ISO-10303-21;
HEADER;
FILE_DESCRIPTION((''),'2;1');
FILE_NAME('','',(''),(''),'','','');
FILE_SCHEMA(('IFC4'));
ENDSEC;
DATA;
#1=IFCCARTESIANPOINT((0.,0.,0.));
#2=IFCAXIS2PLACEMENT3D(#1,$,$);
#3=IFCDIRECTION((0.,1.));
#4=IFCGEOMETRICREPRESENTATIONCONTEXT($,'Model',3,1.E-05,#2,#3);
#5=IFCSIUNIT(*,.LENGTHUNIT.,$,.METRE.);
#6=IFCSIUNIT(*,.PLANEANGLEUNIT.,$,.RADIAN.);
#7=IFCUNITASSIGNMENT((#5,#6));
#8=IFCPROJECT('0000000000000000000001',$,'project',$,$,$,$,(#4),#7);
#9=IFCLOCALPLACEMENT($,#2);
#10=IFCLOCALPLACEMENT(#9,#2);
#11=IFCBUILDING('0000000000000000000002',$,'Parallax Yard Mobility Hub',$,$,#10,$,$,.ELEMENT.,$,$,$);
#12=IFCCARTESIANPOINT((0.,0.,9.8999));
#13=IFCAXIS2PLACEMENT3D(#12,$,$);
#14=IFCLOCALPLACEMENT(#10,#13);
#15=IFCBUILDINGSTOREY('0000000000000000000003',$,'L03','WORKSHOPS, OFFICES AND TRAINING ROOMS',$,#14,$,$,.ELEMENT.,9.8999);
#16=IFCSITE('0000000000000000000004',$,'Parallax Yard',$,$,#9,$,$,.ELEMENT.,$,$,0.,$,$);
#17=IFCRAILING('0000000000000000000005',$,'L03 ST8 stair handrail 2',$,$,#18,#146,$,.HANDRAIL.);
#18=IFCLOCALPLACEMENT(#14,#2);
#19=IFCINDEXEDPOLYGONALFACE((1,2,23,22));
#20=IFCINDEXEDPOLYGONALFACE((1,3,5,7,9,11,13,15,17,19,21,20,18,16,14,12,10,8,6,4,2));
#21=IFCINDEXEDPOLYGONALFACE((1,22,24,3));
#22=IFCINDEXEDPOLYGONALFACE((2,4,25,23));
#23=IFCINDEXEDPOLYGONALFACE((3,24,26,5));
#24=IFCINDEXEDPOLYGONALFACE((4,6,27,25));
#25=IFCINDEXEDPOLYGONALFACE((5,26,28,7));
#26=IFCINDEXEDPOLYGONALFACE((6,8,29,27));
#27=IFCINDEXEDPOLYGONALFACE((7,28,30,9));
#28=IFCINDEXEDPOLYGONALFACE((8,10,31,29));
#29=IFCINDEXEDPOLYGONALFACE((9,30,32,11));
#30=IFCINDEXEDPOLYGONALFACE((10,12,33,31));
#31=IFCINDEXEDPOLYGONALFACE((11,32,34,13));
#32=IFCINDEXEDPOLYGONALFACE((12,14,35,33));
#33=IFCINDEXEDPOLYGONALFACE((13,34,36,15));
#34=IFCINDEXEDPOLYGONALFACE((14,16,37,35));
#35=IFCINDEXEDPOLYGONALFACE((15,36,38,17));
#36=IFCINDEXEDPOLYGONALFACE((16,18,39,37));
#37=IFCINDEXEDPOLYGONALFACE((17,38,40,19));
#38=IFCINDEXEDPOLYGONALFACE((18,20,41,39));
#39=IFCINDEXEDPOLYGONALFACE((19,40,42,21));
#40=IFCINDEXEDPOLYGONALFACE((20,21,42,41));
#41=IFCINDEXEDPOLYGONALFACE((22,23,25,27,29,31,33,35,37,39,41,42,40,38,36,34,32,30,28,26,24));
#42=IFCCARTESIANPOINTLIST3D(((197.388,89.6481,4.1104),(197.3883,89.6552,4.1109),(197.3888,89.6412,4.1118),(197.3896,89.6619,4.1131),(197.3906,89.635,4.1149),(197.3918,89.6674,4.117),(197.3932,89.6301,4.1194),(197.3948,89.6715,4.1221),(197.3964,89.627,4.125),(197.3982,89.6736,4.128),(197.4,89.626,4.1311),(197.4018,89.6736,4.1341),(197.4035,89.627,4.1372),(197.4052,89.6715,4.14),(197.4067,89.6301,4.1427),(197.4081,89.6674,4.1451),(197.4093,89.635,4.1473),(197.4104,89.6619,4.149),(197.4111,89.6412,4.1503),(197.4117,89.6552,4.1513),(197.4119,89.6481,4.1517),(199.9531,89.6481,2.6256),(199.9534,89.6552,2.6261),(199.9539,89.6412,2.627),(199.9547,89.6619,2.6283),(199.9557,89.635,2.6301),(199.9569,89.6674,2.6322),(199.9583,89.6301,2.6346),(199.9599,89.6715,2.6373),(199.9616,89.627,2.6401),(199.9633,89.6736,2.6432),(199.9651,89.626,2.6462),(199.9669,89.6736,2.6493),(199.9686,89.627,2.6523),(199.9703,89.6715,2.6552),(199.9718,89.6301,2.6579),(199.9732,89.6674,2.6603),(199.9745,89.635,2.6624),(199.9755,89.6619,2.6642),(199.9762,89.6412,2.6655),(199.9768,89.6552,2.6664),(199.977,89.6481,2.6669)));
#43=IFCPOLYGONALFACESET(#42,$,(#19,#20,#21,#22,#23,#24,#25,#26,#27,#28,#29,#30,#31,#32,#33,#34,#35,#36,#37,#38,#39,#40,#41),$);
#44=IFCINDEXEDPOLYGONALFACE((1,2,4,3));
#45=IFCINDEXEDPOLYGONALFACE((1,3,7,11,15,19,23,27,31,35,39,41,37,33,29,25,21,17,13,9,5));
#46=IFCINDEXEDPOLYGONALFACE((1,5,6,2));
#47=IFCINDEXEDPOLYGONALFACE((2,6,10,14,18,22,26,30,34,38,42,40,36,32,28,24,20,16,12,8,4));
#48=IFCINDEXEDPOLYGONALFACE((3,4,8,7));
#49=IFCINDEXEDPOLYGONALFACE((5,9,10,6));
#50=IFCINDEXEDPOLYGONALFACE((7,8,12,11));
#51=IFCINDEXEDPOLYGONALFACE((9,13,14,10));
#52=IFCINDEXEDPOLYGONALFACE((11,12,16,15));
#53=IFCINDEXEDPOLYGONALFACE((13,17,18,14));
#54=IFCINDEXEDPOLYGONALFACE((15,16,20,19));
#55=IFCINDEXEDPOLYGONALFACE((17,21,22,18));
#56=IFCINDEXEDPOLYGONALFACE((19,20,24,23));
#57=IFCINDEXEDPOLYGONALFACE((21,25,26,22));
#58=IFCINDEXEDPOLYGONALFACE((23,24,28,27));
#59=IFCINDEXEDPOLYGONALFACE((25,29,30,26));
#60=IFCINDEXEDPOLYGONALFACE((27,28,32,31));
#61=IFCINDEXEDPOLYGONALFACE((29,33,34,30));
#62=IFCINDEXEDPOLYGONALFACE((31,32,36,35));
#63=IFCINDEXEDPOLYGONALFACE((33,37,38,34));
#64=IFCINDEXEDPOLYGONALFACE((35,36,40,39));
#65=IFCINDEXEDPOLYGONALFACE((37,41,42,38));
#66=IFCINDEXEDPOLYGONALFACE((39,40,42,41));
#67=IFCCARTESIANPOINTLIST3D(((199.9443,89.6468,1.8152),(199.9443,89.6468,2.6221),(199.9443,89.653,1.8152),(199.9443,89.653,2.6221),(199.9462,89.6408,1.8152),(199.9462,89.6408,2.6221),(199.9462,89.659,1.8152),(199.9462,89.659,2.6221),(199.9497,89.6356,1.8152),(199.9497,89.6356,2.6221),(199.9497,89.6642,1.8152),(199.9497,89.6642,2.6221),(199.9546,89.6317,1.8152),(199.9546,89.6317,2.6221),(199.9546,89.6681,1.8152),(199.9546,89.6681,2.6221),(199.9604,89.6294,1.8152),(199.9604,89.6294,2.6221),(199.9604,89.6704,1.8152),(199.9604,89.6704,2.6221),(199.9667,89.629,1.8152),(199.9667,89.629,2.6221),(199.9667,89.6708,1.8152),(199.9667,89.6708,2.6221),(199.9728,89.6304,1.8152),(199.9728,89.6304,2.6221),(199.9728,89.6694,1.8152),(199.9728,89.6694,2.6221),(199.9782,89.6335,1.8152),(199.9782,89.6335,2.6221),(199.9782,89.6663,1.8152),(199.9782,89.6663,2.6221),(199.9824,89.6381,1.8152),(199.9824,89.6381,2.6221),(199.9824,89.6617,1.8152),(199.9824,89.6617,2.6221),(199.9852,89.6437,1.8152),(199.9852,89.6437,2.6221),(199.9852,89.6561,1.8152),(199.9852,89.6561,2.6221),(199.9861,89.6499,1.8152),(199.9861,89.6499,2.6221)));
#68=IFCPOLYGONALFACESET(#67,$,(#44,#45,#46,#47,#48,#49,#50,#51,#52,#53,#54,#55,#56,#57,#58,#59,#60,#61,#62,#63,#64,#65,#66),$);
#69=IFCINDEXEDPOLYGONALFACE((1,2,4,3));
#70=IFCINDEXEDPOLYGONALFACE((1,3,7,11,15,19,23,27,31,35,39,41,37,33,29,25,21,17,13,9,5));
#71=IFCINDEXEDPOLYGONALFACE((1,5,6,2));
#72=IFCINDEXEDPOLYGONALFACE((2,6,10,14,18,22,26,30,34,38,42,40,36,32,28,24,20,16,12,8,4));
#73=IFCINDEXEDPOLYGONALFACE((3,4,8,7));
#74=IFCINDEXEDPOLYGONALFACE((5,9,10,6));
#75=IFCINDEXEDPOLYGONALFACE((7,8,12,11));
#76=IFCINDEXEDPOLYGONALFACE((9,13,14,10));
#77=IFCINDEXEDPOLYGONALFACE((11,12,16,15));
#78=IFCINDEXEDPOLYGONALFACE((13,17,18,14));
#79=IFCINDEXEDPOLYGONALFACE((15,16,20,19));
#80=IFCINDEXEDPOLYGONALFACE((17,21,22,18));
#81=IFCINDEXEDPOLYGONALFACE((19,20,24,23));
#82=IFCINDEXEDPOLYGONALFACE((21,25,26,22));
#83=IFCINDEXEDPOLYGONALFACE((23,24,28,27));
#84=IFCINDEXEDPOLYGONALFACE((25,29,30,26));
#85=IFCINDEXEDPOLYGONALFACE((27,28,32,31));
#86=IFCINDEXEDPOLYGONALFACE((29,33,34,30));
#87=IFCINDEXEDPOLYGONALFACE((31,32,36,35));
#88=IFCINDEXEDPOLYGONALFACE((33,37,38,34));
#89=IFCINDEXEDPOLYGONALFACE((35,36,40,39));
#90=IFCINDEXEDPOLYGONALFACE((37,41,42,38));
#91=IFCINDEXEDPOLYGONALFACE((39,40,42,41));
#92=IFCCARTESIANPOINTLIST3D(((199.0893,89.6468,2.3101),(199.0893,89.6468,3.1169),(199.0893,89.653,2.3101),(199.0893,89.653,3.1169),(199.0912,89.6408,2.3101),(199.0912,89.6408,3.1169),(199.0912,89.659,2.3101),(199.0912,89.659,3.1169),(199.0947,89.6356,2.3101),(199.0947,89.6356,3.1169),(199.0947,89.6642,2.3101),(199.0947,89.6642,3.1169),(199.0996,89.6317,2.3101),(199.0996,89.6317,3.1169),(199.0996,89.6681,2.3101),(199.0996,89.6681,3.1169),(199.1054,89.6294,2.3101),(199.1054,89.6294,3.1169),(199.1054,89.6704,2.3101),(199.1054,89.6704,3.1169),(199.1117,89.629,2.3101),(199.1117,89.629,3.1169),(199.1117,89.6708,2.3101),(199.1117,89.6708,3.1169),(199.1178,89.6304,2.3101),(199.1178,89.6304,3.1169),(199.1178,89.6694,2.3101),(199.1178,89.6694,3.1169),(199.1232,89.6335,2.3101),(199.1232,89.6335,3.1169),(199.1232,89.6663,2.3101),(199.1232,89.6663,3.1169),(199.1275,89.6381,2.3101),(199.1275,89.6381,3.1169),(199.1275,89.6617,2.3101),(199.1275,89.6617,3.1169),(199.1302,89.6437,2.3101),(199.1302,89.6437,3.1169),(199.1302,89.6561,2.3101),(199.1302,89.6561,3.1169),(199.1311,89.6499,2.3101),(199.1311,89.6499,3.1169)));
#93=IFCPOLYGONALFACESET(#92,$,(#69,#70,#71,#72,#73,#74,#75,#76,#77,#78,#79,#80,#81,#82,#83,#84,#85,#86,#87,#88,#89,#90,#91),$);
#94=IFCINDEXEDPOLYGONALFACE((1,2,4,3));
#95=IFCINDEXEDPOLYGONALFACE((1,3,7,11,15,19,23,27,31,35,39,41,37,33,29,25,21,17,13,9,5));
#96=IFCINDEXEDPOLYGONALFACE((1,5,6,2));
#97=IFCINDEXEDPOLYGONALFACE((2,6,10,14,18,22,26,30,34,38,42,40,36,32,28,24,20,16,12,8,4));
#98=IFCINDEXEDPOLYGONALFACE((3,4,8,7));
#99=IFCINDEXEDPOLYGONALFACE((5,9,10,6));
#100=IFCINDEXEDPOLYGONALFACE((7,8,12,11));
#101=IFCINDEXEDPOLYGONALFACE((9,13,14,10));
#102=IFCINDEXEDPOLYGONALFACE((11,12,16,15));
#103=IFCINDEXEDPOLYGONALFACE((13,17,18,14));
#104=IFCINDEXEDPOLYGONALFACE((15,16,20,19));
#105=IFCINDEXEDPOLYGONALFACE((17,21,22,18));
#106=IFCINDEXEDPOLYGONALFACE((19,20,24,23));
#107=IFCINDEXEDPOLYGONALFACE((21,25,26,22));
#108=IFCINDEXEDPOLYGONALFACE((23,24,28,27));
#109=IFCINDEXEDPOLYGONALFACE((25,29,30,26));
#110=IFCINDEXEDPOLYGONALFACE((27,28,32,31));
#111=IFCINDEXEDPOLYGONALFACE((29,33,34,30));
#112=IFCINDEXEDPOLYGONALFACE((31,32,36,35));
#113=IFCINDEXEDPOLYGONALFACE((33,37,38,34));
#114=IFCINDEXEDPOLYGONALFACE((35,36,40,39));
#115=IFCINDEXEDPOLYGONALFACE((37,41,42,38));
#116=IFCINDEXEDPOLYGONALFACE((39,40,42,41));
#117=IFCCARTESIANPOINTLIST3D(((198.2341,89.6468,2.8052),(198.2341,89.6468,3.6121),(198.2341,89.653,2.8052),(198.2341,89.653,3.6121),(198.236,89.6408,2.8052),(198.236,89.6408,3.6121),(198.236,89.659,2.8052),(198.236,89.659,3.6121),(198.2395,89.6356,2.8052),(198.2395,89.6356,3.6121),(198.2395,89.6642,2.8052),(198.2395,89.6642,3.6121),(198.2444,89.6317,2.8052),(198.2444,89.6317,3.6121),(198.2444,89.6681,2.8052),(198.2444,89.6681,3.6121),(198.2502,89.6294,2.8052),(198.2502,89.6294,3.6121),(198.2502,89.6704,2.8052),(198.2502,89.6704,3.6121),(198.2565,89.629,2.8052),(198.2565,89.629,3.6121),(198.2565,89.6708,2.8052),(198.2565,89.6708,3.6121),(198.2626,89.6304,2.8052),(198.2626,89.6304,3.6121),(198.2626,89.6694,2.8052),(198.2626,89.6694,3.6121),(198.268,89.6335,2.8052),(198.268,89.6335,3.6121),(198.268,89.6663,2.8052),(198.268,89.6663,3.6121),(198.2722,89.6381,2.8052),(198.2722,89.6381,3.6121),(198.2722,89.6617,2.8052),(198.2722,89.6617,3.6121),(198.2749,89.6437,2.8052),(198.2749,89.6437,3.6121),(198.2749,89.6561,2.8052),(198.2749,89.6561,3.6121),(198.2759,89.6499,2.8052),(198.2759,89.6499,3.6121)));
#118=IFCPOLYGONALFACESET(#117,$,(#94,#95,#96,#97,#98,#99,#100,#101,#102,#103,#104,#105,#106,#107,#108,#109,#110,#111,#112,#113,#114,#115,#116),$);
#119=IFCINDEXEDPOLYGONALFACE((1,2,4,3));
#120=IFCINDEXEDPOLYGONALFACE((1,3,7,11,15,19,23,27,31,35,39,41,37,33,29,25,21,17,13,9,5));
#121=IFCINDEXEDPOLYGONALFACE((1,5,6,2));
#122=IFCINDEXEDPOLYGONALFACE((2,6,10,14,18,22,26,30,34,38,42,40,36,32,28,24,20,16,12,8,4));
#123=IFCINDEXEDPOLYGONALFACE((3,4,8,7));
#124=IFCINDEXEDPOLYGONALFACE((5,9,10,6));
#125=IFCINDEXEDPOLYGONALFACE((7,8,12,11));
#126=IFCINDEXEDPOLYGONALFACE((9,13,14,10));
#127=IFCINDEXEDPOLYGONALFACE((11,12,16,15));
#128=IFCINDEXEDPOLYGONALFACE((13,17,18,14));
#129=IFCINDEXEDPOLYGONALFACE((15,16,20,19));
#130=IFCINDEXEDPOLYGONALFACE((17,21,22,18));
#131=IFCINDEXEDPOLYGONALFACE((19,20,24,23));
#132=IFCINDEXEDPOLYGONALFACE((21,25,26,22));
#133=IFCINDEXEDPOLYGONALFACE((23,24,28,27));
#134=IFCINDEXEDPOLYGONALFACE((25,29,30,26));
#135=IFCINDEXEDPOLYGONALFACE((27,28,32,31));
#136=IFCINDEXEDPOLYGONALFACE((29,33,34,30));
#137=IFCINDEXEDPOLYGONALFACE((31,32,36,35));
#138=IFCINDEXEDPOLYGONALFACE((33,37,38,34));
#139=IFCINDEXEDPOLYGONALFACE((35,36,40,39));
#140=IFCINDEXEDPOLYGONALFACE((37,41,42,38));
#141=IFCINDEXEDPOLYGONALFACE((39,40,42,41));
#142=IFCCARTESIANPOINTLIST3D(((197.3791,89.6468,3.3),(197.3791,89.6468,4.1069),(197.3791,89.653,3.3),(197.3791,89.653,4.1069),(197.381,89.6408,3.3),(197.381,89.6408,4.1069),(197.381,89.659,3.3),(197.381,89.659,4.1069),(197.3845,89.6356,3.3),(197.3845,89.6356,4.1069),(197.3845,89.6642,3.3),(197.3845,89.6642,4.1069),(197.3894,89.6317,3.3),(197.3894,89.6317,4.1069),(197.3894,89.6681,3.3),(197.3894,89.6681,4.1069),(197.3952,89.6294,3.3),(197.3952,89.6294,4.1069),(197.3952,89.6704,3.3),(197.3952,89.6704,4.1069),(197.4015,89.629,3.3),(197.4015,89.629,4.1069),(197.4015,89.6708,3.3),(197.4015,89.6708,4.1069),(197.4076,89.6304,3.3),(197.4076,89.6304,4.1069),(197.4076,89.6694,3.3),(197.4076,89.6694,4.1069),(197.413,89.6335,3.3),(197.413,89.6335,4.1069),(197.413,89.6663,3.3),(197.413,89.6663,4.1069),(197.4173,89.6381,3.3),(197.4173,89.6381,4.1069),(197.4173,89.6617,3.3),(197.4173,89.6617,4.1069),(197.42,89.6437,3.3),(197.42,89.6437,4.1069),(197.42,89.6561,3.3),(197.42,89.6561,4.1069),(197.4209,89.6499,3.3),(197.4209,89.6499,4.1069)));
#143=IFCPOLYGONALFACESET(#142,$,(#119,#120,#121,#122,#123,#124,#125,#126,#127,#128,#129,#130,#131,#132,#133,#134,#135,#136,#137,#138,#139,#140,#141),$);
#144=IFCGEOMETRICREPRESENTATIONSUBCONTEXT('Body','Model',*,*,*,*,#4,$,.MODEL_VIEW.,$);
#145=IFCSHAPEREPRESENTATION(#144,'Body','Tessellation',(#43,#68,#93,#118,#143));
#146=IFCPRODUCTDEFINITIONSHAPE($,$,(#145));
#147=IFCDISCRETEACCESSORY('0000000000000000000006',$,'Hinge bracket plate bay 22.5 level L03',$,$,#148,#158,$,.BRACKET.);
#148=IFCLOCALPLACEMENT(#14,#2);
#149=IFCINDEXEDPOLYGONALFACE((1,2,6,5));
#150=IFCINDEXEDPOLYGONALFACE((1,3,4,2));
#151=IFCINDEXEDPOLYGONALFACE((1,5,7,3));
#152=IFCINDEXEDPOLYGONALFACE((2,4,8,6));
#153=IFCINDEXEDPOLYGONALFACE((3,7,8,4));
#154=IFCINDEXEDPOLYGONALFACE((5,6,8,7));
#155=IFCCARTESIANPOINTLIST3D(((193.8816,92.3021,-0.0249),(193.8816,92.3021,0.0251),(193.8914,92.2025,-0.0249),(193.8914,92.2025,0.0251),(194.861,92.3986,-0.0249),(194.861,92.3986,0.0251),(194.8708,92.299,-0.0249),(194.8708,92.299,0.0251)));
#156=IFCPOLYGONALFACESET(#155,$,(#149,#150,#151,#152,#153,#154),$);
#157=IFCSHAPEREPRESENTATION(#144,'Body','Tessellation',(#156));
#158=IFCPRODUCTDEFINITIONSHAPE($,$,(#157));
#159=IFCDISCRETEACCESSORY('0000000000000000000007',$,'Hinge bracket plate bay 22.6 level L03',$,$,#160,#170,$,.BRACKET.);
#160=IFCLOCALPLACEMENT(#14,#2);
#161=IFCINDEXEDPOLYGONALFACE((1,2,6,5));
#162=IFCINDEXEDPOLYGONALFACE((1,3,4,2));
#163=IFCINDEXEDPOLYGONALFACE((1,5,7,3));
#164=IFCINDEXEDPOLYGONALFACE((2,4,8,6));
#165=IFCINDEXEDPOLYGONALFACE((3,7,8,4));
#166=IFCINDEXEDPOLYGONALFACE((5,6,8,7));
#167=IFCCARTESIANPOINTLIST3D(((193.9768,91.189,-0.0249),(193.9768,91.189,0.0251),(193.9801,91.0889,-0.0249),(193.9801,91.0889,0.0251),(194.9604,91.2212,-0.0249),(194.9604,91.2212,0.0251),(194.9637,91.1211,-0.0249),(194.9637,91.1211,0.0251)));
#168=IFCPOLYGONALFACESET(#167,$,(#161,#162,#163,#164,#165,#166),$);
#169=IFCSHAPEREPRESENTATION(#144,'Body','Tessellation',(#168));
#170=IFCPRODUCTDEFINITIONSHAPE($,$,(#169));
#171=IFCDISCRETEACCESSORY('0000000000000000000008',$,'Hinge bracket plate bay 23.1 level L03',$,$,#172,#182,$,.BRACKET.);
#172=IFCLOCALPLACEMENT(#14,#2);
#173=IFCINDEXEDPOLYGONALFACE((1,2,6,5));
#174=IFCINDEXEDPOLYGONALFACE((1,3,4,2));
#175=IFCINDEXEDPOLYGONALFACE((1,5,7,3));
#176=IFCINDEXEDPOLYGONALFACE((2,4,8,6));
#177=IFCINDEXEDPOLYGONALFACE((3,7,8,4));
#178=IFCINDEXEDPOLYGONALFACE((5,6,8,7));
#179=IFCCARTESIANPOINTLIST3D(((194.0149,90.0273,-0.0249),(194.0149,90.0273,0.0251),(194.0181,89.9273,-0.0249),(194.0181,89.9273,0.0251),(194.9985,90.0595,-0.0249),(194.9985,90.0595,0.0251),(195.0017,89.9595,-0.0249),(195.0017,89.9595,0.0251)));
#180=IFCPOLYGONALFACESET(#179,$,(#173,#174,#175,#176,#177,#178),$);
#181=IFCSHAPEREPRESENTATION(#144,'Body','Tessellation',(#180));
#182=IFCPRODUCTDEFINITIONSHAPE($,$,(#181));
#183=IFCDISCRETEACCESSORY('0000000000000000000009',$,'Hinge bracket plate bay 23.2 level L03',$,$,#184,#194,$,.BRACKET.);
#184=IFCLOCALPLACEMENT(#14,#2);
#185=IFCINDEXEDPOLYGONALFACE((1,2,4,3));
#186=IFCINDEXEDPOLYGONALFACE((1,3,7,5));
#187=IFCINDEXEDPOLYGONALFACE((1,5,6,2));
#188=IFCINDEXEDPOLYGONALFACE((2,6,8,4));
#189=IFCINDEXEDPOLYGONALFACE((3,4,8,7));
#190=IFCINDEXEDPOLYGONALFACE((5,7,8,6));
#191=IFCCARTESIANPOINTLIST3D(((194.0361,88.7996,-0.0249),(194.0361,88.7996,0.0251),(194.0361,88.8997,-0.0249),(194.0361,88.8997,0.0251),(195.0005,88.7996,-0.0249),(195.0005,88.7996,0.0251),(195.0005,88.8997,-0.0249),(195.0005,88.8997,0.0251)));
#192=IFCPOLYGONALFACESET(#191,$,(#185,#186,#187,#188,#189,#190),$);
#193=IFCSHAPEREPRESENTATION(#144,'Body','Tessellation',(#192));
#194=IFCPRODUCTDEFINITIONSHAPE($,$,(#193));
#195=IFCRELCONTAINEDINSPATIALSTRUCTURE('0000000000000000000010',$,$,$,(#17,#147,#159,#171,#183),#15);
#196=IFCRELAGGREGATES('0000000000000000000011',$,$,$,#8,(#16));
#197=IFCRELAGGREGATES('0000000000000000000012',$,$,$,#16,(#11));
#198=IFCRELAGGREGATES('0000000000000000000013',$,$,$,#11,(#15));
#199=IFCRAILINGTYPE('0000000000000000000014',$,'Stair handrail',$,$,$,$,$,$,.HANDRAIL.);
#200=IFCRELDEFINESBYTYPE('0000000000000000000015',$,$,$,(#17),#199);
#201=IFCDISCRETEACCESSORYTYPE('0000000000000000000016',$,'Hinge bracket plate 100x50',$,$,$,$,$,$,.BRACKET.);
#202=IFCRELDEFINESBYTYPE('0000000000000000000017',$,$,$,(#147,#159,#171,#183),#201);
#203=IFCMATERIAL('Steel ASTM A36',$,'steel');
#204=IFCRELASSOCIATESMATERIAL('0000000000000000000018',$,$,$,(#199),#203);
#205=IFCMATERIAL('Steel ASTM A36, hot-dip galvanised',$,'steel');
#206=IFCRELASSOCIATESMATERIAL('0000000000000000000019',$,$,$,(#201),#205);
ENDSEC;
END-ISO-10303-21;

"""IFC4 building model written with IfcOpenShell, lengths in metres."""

from ifc_helpers import new_model, si_unit, direction, frame, origin, origin_2d, place, context, subcontext, project, spatial, rectangle, circle, extrude, material, type_object, element, save


model = new_model("IFC4")

# Units and contexts
model_context = context("Model", 3, precision=1e-05, world=origin(), true_north=direction((0.0, 1.0)))
body_context = subcontext(model_context, "Body", "Model", "MODEL_VIEW")
ifc_project = project(units=[si_unit("LENGTHUNIT", "METRE"), si_unit("PLANEANGLEUNIT", "RADIAN")], contexts=[model_context])

# Site, building, storey
site_placement = place(None, origin())
site = spatial("IfcSite", under=ifc_project, at=site_placement, Name="Parallax Yard", CompositionType="ELEMENT", RefElevation=0.0)
building_placement = place(site_placement, origin())
building = spatial("IfcBuilding", under=site, at=building_placement, Name="Parallax Yard Mobility Hub", CompositionType="ELEMENT")
storey_placement = place(building_placement, frame((0.0, 0.0, 9.8999)))
storey = spatial("IfcBuildingStorey", under=building, at=storey_placement, Name="L03", Description="WORKSHOPS, OFFICES AND TRAINING ROOMS", CompositionType="ELEMENT", Elevation=9.8999)

# Railing
ifc_material_1 = material(Name="Steel ASTM A36", Category="steel")
railing_type_1 = type_object("IfcRailingType", Name="Stair handrail", PredefinedType="HANDRAIL", material=ifc_material_1)
railing_1_placement = place(storey_placement, frame((199.9651, 89.6499, 1.8152)))
element("IfcRailing", 1, at=railing_1_placement, inside=storey, type_object=railing_type_1, Name="L03 ST8 stair handrail 2", PredefinedType="HANDRAIL", context=body_context, shape_type="SweptSolid", body=[
    extrude(circle(Radius=0.0239, at=origin_2d()), frame((0.0, 0.0, 0.8311), z_axis=(-0.865462, 0.0, 0.500975), x_axis=(0.0, -1.0, 0.0)), (0.0, 0.0, 1.0), 2.9639),
    extrude(circle(Radius=0.021, at=origin_2d()), origin(), (0.0, 0.0, 1.0), 0.8069),
    extrude(circle(Radius=0.021, at=origin_2d()), frame((-0.855, 0.0, 0.4949)), (0.0, 0.0, 1.0), 0.8069),
    extrude(circle(Radius=0.021, at=origin_2d()), frame((-1.7102, 0.0, 0.99)), (0.0, 0.0, 1.0), 0.8069),
    extrude(circle(Radius=0.021, at=origin_2d()), frame((-2.5652, 0.0, 1.4849)), (0.0, 0.0, 1.0), 0.8069),
])

# Discrete accessories
ifc_material_2 = material(Name="Steel ASTM A36, hot-dip galvanised", Category="steel")
discrete_accessory_type_1 = type_object("IfcDiscreteAccessoryType", Name="Hinge bracket plate 100x50", PredefinedType="BRACKET", material=ifc_material_2)
for number, where, z_axis, x_axis, name in (
    (2, (194.3762, 92.3005, -0.0249), (0.0, 0.0, 1.0), (-0.995185, -0.098017, 0.0), "Hinge bracket plate bay 22.5 level L03"),
    (3, (194.4702, 91.155, -0.0249), (0.0, 0.0, 1.0), (-0.999465, -0.032719, 0.0), "Hinge bracket plate bay 22.6 level L03"),
    (4, (194.5083, 89.9934, -0.0249), (0.0, 0.0, 1.0), (-0.999465, -0.032719, 0.0), "Hinge bracket plate bay 23.1 level L03"),
):
    element("IfcDiscreteAccessory", number, at=place(storey_placement, frame(where, z_axis=z_axis, x_axis=x_axis)), inside=storey, type_object=discrete_accessory_type_1, Name=name, PredefinedType="BRACKET", context=body_context, shape_type="SweptSolid", body=[
        extrude(rectangle(XDim=0.9841, YDim=0.1001, at=origin_2d()), origin(), (0.0, 0.0, 1.0), 0.05),
    ])
discrete_accessory_placement = place(storey_placement, frame((194.5183, 88.8496, -0.0249), z_axis=(0.0, 0.0, 1.0), x_axis=(-1.0, 0.0, 0.0)))
element("IfcDiscreteAccessory", 5, at=discrete_accessory_placement, inside=storey, type_object=discrete_accessory_type_1, Name="Hinge bracket plate bay 23.2 level L03", PredefinedType="BRACKET", context=body_context, shape_type="SweptSolid", body=[
    extrude(rectangle(XDim=0.9644, YDim=0.1001, at=origin_2d()), origin(), (0.0, 0.0, 1.0), 0.05),
])

save(model, "model.ifc")
